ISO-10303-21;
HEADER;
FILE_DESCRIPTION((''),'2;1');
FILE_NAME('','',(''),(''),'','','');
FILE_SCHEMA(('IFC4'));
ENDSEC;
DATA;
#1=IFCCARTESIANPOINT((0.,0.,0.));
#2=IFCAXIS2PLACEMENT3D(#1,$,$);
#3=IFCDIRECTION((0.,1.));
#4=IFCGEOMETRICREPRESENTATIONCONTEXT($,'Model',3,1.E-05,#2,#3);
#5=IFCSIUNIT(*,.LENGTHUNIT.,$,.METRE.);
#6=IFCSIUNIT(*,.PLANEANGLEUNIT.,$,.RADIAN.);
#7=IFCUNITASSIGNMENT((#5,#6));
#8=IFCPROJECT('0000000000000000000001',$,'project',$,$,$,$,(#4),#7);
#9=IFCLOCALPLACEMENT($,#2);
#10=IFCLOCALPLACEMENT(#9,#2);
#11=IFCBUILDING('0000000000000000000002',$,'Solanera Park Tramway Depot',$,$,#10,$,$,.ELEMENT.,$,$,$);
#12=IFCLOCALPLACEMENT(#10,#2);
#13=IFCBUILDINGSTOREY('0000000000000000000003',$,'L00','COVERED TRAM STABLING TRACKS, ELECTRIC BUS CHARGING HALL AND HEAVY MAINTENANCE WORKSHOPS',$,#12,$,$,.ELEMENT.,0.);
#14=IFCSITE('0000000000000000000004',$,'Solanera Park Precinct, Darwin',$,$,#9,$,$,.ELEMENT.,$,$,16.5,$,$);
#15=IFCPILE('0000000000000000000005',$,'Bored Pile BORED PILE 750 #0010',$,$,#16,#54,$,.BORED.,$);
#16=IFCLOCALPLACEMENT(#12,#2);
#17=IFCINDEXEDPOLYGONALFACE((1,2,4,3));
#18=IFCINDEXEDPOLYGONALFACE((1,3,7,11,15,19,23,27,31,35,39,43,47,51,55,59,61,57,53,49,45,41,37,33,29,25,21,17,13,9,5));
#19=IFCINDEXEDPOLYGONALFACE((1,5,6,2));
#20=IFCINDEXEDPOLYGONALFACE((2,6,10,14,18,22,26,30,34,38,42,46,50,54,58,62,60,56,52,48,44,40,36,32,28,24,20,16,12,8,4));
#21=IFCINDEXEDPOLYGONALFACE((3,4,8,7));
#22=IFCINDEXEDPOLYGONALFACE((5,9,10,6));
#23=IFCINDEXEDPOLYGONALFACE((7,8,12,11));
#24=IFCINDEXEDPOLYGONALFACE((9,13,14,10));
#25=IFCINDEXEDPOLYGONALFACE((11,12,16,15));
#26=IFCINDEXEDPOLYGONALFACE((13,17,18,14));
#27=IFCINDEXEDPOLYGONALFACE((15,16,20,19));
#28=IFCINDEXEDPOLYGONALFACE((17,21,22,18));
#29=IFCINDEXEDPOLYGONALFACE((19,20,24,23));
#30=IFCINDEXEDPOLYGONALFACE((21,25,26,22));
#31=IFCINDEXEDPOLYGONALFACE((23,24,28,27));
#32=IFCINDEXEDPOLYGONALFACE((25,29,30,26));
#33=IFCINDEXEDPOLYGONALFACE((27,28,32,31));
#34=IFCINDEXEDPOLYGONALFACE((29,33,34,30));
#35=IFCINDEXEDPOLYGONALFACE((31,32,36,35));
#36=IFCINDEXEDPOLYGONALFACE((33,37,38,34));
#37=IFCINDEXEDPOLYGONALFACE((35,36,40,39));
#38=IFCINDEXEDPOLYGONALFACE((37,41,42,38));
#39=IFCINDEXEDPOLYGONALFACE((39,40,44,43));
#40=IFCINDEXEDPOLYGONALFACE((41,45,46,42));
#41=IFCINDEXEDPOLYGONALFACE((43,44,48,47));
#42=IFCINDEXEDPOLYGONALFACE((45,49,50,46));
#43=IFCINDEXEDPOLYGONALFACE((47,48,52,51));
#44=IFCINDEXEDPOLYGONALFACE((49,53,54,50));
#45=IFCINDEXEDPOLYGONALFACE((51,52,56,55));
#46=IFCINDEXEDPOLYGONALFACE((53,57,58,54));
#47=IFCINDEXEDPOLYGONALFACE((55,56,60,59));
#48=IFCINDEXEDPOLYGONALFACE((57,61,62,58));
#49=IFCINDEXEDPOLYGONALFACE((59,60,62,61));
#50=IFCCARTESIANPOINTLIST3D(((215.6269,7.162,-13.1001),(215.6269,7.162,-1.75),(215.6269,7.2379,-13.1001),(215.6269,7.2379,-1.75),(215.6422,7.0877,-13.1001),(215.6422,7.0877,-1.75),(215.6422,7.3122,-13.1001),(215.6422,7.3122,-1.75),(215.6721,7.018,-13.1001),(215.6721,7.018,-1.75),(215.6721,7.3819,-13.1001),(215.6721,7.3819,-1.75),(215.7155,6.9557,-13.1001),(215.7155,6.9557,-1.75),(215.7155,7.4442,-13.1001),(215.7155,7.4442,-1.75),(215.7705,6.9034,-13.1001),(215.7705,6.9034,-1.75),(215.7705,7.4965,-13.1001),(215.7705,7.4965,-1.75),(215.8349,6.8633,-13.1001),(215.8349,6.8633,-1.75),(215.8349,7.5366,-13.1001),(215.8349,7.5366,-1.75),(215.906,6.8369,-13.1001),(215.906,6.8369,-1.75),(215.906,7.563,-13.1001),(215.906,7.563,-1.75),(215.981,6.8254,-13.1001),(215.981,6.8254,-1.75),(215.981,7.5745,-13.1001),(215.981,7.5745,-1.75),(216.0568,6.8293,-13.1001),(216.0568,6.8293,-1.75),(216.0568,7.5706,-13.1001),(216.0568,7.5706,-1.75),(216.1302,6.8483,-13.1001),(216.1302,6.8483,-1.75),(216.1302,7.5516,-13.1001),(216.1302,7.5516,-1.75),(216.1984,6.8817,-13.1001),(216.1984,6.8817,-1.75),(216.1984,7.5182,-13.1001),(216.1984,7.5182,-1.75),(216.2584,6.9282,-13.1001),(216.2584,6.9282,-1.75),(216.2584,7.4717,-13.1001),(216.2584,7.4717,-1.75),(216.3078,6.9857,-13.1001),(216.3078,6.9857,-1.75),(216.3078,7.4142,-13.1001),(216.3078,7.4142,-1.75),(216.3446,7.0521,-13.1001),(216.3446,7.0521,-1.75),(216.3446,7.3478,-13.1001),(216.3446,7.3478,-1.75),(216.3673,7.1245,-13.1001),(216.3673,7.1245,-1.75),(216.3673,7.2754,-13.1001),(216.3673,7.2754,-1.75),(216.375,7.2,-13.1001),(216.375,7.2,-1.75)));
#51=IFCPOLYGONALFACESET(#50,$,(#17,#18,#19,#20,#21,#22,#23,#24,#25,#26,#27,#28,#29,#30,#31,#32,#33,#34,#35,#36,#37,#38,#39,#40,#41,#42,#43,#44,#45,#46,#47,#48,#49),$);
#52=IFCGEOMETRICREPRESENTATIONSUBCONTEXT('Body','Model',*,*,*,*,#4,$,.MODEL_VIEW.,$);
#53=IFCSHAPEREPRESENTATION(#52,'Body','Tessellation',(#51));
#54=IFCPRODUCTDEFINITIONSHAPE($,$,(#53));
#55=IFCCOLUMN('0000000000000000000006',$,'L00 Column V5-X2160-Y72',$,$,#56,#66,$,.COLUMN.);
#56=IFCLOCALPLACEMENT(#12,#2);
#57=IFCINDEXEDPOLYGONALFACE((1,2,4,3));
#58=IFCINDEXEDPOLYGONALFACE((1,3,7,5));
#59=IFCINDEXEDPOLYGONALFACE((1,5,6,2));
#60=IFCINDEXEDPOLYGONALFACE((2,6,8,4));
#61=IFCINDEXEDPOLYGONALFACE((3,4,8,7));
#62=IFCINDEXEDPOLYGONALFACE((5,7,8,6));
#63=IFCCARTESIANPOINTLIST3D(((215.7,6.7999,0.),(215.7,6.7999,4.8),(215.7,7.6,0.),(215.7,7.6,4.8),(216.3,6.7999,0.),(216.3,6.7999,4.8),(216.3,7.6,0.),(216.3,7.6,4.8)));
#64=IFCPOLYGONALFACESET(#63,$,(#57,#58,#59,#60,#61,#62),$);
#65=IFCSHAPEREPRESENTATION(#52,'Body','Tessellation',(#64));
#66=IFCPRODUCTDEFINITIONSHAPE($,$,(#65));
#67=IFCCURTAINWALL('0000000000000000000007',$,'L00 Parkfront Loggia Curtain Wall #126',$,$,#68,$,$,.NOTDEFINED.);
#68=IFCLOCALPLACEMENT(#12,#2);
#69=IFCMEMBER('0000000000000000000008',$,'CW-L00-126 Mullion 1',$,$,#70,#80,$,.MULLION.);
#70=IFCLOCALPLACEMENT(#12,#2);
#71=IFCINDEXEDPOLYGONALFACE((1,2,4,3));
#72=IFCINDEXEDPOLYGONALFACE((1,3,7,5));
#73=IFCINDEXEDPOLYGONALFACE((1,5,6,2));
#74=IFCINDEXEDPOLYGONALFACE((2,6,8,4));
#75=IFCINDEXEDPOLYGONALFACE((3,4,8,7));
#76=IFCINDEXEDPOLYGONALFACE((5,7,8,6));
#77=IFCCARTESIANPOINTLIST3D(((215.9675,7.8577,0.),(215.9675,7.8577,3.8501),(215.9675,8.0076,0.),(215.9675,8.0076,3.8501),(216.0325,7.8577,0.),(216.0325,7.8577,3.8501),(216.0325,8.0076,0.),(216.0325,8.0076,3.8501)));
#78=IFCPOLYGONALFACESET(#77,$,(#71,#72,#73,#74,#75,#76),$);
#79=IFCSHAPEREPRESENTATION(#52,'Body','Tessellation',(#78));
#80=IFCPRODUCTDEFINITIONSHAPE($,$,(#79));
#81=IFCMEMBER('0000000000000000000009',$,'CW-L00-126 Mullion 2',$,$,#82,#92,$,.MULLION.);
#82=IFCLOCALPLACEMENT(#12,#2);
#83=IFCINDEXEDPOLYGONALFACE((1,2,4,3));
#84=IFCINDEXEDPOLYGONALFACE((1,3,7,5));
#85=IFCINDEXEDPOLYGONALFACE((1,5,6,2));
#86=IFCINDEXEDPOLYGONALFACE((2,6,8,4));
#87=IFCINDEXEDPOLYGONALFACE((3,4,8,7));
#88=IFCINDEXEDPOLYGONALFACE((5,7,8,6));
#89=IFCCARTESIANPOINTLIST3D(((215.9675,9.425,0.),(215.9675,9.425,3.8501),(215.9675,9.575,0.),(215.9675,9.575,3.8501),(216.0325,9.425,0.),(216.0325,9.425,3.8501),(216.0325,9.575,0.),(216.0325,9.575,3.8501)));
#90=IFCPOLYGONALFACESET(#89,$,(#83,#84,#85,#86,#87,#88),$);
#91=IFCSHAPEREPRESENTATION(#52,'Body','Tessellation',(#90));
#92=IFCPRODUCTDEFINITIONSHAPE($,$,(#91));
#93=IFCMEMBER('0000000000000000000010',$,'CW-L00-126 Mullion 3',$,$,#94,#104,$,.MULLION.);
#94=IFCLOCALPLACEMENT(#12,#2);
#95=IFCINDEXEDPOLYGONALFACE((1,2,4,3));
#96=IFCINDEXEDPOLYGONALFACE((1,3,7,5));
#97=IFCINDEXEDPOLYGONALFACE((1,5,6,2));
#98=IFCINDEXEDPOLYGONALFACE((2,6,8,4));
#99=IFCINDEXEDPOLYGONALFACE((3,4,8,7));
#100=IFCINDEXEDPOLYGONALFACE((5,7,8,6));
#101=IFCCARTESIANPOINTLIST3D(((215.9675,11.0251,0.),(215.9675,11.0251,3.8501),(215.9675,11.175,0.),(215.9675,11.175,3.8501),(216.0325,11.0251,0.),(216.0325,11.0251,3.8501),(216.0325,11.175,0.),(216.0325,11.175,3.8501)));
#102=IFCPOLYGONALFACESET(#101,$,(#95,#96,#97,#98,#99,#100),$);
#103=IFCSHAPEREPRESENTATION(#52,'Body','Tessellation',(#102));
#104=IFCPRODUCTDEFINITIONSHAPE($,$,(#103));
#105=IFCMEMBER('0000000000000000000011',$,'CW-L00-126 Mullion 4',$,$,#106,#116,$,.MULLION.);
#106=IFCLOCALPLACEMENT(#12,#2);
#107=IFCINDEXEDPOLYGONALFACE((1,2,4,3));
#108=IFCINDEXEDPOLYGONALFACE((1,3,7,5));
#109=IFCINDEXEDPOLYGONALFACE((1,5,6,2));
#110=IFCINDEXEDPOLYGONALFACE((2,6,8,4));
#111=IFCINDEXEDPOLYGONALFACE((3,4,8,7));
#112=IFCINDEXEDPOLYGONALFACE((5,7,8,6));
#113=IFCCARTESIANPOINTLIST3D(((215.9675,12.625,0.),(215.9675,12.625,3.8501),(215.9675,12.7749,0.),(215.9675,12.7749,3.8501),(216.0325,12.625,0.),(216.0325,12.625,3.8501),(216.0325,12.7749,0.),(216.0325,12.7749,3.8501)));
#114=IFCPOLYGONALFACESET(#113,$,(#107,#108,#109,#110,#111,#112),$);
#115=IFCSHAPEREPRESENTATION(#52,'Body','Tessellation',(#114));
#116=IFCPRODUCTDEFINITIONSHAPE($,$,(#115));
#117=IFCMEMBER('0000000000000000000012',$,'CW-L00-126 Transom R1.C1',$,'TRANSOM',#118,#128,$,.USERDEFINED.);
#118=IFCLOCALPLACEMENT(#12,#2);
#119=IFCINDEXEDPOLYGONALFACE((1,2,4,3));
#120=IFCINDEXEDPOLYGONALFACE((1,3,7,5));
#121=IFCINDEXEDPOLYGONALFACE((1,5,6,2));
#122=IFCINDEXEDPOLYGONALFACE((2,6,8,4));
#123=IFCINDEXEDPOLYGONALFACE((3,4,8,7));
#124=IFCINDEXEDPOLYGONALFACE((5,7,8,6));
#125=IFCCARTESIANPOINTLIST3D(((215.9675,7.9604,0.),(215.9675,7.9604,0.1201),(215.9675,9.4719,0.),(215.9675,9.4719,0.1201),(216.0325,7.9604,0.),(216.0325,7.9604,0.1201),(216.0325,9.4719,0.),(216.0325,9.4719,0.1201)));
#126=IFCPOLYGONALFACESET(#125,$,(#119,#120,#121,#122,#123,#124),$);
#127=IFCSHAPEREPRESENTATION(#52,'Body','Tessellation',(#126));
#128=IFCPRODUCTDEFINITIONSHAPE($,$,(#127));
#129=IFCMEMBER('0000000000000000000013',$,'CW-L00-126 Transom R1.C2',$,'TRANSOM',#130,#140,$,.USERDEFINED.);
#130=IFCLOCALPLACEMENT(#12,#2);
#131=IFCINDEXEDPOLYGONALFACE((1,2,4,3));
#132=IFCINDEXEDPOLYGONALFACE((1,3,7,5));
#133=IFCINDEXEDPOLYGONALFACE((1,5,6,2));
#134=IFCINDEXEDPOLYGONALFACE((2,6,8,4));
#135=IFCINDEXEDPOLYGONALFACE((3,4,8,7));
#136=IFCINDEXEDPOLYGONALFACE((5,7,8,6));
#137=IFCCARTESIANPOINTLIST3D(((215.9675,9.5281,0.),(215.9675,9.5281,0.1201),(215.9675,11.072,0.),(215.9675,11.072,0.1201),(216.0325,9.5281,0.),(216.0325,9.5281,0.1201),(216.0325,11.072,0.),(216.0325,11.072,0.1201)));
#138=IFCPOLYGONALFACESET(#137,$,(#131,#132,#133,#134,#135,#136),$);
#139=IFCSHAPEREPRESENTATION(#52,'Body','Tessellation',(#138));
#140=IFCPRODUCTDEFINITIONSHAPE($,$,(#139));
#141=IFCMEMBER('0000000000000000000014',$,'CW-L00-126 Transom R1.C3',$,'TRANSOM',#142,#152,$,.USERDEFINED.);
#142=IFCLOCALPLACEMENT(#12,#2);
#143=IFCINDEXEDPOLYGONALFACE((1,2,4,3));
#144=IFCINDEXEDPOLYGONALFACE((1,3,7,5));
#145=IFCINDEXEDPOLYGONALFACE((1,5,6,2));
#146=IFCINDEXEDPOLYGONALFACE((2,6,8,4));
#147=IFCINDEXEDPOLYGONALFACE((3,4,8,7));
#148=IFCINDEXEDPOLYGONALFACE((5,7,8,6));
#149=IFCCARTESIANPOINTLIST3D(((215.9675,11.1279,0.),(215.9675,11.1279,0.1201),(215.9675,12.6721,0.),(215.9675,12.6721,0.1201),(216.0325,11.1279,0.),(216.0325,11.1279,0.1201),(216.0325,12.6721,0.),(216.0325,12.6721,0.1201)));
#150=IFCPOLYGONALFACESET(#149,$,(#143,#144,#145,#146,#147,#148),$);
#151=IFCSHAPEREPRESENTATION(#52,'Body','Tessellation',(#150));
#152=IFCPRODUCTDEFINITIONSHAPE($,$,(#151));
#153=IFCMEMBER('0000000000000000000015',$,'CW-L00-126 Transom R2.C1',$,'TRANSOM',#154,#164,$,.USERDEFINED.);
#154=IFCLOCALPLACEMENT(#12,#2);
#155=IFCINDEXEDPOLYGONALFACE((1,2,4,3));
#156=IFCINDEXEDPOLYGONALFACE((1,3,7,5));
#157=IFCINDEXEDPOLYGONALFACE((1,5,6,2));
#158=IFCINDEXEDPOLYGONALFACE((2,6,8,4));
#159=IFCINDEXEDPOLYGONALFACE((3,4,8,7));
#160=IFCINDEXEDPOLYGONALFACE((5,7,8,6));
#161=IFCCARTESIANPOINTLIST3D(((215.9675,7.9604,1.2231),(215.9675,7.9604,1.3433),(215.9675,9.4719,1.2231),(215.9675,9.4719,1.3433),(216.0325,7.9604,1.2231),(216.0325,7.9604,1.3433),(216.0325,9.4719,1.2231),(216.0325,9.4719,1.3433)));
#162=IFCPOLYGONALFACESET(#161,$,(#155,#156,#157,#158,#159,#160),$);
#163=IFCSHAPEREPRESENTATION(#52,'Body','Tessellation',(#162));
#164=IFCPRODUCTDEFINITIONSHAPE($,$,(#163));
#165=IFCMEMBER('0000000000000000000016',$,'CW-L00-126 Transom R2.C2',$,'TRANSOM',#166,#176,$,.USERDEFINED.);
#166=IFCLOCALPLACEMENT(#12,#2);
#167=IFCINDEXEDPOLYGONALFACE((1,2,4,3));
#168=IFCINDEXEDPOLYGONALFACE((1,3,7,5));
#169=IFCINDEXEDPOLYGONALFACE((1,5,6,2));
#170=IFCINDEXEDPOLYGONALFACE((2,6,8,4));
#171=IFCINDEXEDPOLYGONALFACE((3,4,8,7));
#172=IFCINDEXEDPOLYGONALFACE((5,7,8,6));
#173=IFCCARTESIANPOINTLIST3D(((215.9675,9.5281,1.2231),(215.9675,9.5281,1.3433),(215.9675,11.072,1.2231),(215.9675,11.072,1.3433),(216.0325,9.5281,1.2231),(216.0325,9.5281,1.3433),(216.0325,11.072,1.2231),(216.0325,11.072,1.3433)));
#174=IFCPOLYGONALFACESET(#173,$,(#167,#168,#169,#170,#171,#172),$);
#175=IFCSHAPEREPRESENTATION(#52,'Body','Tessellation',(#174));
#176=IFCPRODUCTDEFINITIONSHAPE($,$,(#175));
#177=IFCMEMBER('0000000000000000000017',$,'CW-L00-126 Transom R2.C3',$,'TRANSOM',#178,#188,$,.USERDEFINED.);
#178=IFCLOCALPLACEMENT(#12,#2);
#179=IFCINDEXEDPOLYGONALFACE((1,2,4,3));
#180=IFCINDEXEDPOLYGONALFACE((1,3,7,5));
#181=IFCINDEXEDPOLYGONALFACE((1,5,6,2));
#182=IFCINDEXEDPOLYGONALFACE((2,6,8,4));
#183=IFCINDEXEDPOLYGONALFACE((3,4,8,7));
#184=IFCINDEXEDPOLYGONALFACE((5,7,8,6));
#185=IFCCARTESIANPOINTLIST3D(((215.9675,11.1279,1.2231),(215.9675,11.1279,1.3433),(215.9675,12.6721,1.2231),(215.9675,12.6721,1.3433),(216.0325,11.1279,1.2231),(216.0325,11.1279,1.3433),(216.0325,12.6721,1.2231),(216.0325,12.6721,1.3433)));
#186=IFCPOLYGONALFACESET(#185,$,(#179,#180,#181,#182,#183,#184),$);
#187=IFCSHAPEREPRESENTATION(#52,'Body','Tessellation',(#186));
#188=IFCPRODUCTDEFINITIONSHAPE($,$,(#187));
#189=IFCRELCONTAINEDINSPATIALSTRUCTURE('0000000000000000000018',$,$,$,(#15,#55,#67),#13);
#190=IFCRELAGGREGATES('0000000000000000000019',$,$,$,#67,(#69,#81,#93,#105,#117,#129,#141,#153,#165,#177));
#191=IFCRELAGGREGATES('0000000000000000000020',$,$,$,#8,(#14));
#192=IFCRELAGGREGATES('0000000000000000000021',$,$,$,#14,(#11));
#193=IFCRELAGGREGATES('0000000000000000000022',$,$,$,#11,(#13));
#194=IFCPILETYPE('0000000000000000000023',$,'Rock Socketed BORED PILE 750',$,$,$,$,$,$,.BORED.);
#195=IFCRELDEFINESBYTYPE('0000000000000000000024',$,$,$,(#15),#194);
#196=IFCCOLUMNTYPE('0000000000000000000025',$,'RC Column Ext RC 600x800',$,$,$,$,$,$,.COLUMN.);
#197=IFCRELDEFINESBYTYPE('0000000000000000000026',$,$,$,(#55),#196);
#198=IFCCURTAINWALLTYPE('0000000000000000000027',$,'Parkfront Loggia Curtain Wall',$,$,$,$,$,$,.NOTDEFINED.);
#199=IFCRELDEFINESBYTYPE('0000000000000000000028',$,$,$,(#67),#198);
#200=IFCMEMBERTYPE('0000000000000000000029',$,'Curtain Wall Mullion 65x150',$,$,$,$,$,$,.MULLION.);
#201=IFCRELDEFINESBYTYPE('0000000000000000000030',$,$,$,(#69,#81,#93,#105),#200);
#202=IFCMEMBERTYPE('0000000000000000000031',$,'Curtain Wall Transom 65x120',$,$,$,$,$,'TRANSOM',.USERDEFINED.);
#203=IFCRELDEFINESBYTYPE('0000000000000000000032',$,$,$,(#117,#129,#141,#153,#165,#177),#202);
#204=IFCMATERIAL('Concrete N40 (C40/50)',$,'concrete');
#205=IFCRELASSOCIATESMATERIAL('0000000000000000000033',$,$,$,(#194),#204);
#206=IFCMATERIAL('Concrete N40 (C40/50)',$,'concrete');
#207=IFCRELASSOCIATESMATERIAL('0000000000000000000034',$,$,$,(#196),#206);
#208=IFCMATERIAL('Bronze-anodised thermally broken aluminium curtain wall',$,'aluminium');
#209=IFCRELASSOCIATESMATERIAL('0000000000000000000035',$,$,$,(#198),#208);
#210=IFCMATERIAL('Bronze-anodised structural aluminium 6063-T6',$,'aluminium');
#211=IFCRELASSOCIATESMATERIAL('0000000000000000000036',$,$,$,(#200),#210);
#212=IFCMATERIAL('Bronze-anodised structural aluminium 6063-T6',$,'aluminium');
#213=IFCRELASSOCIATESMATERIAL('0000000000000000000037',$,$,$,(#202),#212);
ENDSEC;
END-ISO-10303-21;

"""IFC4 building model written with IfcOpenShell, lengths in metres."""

from ifc_helpers import new_model, si_unit, direction, frame, origin, origin_2d, place, context, subcontext, project, spatial, rectangle, circle, extrude, material, material_profile, profile_set, type_object, element, aggregate, save


model = new_model("IFC4")

# Units and contexts
model_context = context("Model", 3, precision=1e-05, world=origin(), true_north=direction((0.0, 1.0)))
body_context = subcontext(model_context, "Body", "Model", "MODEL_VIEW")
ifc_project = project(units=[si_unit("LENGTHUNIT", "METRE"), si_unit("PLANEANGLEUNIT", "RADIAN")], contexts=[model_context])

# Site, building, storey
site_placement = place(None, origin())
site = spatial("IfcSite", under=ifc_project, at=site_placement, Name="Solanera Park Precinct, Darwin", CompositionType="ELEMENT", RefElevation=16.5)
building_placement = place(site_placement, origin())
building = spatial("IfcBuilding", under=site, at=building_placement, Name="Solanera Park Tramway Depot", CompositionType="ELEMENT")
storey_placement = place(building_placement, origin())
storey = spatial("IfcBuildingStorey", under=building, at=storey_placement, Name="L00", Description="COVERED TRAM STABLING TRACKS, ELECTRIC BUS CHARGING HALL AND HEAVY MAINTENANCE WORKSHOPS", CompositionType="ELEMENT", Elevation=0.0)

# Pile
ifc_material_1 = material(Name="Concrete N40 (C40/50)", Category="concrete")
ifc_material_profile_1 = material_profile(ifc_material_1, circle(Radius=0.375, at=origin_2d()), Name="BORED PILE 750")
ifc_profile_set_1 = profile_set([ifc_material_profile_1], Name="Concrete N40 (C40/50)")
pile_type = type_object("IfcPileType", Name="Rock Socketed BORED PILE 750", PredefinedType="BORED", material=ifc_profile_set_1)
pile_placement = place(storey_placement, frame((216.0, 7.2, -1.75), z_axis=(0.0, 0.0, -1.0), x_axis=(1.0, 0.0, 0.0)))
element("IfcPile", 1, at=pile_placement, inside=storey, type_object=pile_type, Name="Bored Pile BORED PILE 750 #0010", PredefinedType="BORED", context=body_context, shape_type="SweptSolid", body=[
    extrude(circle(Radius=0.375, at=origin_2d()), origin(), (0.0, 0.0, 1.0), 11.3501),
])

# Column
ifc_material_2 = material(Name="Concrete N40 (C40/50)", Category="concrete")
ifc_material_profile_2 = material_profile(ifc_material_2, rectangle(XDim=0.6001, YDim=0.8, at=origin_2d()), Name="RC 600x800")
ifc_profile_set_2 = profile_set([ifc_material_profile_2], Name="Concrete N40 (C40/50)")
column_type = type_object("IfcColumnType", Name="RC Column Ext RC 600x800", PredefinedType="COLUMN", material=ifc_profile_set_2)
column_placement = place(storey_placement, frame((216.0, 7.2, 0.0), z_axis=(0.0, 0.0, 1.0), x_axis=(1.0, 0.0, 0.0)))
element("IfcColumn", 2, at=column_placement, inside=storey, type_object=column_type, Name="L00 Column V5-X2160-Y72", PredefinedType="COLUMN", context=body_context, shape_type="SweptSolid", body=[
    extrude(rectangle(XDim=0.6001, YDim=0.8, at=origin_2d()), origin(), (0.0, 0.0, 1.0), 4.8),
])

# Curtain wall, members
ifc_material_3 = material(Name="Bronze-anodised thermally broken aluminium curtain wall", Category="aluminium")
curtain_wall_type = type_object("IfcCurtainWallType", Name="Parkfront Loggia Curtain Wall", PredefinedType="NOTDEFINED", material=ifc_material_3)
curtain_wall_placement = place(storey_placement, origin())
curtain_wall = element("IfcCurtainWall", 3, at=curtain_wall_placement, inside=storey, type_object=curtain_wall_type, Name="L00 Parkfront Loggia Curtain Wall #126", PredefinedType="NOTDEFINED")
ifc_material_4 = material(Name="Bronze-anodised structural aluminium 6063-T6", Category="aluminium")
ifc_material_profile_3 = material_profile(ifc_material_4, rectangle(XDim=0.0649, YDim=0.1499, at=origin_2d()), Name="Curtain Wall Mullion 65x150")
ifc_profile_set_3 = profile_set([ifc_material_profile_3], Name="Bronze-anodised structural aluminium 6063-T6")
member_type_1 = type_object("IfcMemberType", Name="Curtain Wall Mullion 65x150", PredefinedType="MULLION", material=ifc_profile_set_3)
member_1_placement = place(storey_placement, frame((216.0, 7.9326, 0.0), z_axis=(0.0, 0.0, 1.0), x_axis=(1.0, 0.0, 0.0)))
member_1 = element("IfcMember", 4, at=member_1_placement, type_object=member_type_1, Name="CW-L00-126 Mullion 1", PredefinedType="MULLION", context=body_context, shape_type="SweptSolid", body=[
    extrude(rectangle(XDim=0.0649, YDim=0.1499, at=origin_2d()), origin(), (0.0, 0.0, 1.0), 3.8501),
])
member_2_placement = place(storey_placement, frame((216.0, 9.5, 0.0), z_axis=(0.0, 0.0, 1.0), x_axis=(1.0, 0.0, 0.0)))
member_2 = element("IfcMember", 5, at=member_2_placement, type_object=member_type_1, Name="CW-L00-126 Mullion 2", PredefinedType="MULLION", context=body_context, shape_type="SweptSolid", body=[
    extrude(rectangle(XDim=0.0649, YDim=0.1499, at=origin_2d()), origin(), (0.0, 0.0, 1.0), 3.8501),
])
member_3_placement = place(storey_placement, frame((216.0, 11.1001, 0.0), z_axis=(0.0, 0.0, 1.0), x_axis=(1.0, 0.0, 0.0)))
member_3 = element("IfcMember", 6, at=member_3_placement, type_object=member_type_1, Name="CW-L00-126 Mullion 3", PredefinedType="MULLION", context=body_context, shape_type="SweptSolid", body=[
    extrude(rectangle(XDim=0.0649, YDim=0.1499, at=origin_2d()), origin(), (0.0, 0.0, 1.0), 3.8501),
])
member_4_placement = place(storey_placement, frame((216.0, 12.7, 0.0), z_axis=(0.0, 0.0, 1.0), x_axis=(1.0, 0.0, 0.0)))
member_4 = element("IfcMember", 7, at=member_4_placement, type_object=member_type_1, Name="CW-L00-126 Mullion 4", PredefinedType="MULLION", context=body_context, shape_type="SweptSolid", body=[
    extrude(rectangle(XDim=0.0649, YDim=0.1499, at=origin_2d()), origin(), (0.0, 0.0, 1.0), 3.8501),
])
ifc_material_5 = material(Name="Bronze-anodised structural aluminium 6063-T6", Category="aluminium")
ifc_material_profile_4 = material_profile(ifc_material_5, rectangle(XDim=0.0649, YDim=0.1201, at=origin_2d()), Name="Curtain Wall Transom 65x120")
ifc_profile_set_4 = profile_set([ifc_material_profile_4], Name="Bronze-anodised structural aluminium 6063-T6")
member_type_2 = type_object("IfcMemberType", Name="Curtain Wall Transom 65x120", ElementType="TRANSOM", PredefinedType="USERDEFINED", material=ifc_profile_set_4)
member_5_placement = place(storey_placement, frame((216.0, 7.9604, 0.0601), z_axis=(0.0, 1.0, 0.0), x_axis=(-1.0, 0.0, 0.0)))
member_5 = element("IfcMember", 8, at=member_5_placement, type_object=member_type_2, Name="CW-L00-126 Transom R1.C1", ObjectType="TRANSOM", PredefinedType="USERDEFINED", context=body_context, shape_type="SweptSolid", body=[
    extrude(rectangle(XDim=0.0649, YDim=0.1201, at=origin_2d()), origin(), (0.0, 0.0, 1.0), 1.5115),
])
member_6_placement = place(storey_placement, frame((216.0, 9.5281, 0.0601), z_axis=(0.0, 1.0, 0.0), x_axis=(-1.0, 0.0, 0.0)))
member_6 = element("IfcMember", 9, at=member_6_placement, type_object=member_type_2, Name="CW-L00-126 Transom R1.C2", ObjectType="TRANSOM", PredefinedType="USERDEFINED", context=body_context, shape_type="SweptSolid", body=[
    extrude(rectangle(XDim=0.0649, YDim=0.1201, at=origin_2d()), origin(), (0.0, 0.0, 1.0), 1.5439),
])
member_7_placement = place(storey_placement, frame((216.0, 11.1279, 0.0601), z_axis=(0.0, 1.0, 0.0), x_axis=(-1.0, 0.0, 0.0)))
member_7 = element("IfcMember", 10, at=member_7_placement, type_object=member_type_2, Name="CW-L00-126 Transom R1.C3", ObjectType="TRANSOM", PredefinedType="USERDEFINED", context=body_context, shape_type="SweptSolid", body=[
    extrude(rectangle(XDim=0.0649, YDim=0.1201, at=origin_2d()), origin(), (0.0, 0.0, 1.0), 1.5442),
])
member_8_placement = place(storey_placement, frame((216.0, 7.9604, 1.2832), z_axis=(0.0, 1.0, 0.0), x_axis=(-1.0, 0.0, 0.0)))
member_8 = element("IfcMember", 11, at=member_8_placement, type_object=member_type_2, Name="CW-L00-126 Transom R2.C1", ObjectType="TRANSOM", PredefinedType="USERDEFINED", context=body_context, shape_type="SweptSolid", body=[
    extrude(rectangle(XDim=0.0649, YDim=0.1201, at=origin_2d()), origin(), (0.0, 0.0, 1.0), 1.5115),
])
member_9_placement = place(storey_placement, frame((216.0, 9.5281, 1.2832), z_axis=(0.0, 1.0, 0.0), x_axis=(-1.0, 0.0, 0.0)))
member_9 = element("IfcMember", 12, at=member_9_placement, type_object=member_type_2, Name="CW-L00-126 Transom R2.C2", ObjectType="TRANSOM", PredefinedType="USERDEFINED", context=body_context, shape_type="SweptSolid", body=[
    extrude(rectangle(XDim=0.0649, YDim=0.1201, at=origin_2d()), origin(), (0.0, 0.0, 1.0), 1.5439),
])
member_10_placement = place(storey_placement, frame((216.0, 11.1279, 1.2832), z_axis=(0.0, 1.0, 0.0), x_axis=(-1.0, 0.0, 0.0)))
member_10 = element("IfcMember", 13, at=member_10_placement, type_object=member_type_2, Name="CW-L00-126 Transom R2.C3", ObjectType="TRANSOM", PredefinedType="USERDEFINED", context=body_context, shape_type="SweptSolid", body=[
    extrude(rectangle(XDim=0.0649, YDim=0.1201, at=origin_2d()), origin(), (0.0, 0.0, 1.0), 1.5442),
])
aggregate(curtain_wall, [member_1, member_2, member_3, member_4, member_5, member_6, member_7, member_8, member_9, member_10])

save(model, "model.ifc")
